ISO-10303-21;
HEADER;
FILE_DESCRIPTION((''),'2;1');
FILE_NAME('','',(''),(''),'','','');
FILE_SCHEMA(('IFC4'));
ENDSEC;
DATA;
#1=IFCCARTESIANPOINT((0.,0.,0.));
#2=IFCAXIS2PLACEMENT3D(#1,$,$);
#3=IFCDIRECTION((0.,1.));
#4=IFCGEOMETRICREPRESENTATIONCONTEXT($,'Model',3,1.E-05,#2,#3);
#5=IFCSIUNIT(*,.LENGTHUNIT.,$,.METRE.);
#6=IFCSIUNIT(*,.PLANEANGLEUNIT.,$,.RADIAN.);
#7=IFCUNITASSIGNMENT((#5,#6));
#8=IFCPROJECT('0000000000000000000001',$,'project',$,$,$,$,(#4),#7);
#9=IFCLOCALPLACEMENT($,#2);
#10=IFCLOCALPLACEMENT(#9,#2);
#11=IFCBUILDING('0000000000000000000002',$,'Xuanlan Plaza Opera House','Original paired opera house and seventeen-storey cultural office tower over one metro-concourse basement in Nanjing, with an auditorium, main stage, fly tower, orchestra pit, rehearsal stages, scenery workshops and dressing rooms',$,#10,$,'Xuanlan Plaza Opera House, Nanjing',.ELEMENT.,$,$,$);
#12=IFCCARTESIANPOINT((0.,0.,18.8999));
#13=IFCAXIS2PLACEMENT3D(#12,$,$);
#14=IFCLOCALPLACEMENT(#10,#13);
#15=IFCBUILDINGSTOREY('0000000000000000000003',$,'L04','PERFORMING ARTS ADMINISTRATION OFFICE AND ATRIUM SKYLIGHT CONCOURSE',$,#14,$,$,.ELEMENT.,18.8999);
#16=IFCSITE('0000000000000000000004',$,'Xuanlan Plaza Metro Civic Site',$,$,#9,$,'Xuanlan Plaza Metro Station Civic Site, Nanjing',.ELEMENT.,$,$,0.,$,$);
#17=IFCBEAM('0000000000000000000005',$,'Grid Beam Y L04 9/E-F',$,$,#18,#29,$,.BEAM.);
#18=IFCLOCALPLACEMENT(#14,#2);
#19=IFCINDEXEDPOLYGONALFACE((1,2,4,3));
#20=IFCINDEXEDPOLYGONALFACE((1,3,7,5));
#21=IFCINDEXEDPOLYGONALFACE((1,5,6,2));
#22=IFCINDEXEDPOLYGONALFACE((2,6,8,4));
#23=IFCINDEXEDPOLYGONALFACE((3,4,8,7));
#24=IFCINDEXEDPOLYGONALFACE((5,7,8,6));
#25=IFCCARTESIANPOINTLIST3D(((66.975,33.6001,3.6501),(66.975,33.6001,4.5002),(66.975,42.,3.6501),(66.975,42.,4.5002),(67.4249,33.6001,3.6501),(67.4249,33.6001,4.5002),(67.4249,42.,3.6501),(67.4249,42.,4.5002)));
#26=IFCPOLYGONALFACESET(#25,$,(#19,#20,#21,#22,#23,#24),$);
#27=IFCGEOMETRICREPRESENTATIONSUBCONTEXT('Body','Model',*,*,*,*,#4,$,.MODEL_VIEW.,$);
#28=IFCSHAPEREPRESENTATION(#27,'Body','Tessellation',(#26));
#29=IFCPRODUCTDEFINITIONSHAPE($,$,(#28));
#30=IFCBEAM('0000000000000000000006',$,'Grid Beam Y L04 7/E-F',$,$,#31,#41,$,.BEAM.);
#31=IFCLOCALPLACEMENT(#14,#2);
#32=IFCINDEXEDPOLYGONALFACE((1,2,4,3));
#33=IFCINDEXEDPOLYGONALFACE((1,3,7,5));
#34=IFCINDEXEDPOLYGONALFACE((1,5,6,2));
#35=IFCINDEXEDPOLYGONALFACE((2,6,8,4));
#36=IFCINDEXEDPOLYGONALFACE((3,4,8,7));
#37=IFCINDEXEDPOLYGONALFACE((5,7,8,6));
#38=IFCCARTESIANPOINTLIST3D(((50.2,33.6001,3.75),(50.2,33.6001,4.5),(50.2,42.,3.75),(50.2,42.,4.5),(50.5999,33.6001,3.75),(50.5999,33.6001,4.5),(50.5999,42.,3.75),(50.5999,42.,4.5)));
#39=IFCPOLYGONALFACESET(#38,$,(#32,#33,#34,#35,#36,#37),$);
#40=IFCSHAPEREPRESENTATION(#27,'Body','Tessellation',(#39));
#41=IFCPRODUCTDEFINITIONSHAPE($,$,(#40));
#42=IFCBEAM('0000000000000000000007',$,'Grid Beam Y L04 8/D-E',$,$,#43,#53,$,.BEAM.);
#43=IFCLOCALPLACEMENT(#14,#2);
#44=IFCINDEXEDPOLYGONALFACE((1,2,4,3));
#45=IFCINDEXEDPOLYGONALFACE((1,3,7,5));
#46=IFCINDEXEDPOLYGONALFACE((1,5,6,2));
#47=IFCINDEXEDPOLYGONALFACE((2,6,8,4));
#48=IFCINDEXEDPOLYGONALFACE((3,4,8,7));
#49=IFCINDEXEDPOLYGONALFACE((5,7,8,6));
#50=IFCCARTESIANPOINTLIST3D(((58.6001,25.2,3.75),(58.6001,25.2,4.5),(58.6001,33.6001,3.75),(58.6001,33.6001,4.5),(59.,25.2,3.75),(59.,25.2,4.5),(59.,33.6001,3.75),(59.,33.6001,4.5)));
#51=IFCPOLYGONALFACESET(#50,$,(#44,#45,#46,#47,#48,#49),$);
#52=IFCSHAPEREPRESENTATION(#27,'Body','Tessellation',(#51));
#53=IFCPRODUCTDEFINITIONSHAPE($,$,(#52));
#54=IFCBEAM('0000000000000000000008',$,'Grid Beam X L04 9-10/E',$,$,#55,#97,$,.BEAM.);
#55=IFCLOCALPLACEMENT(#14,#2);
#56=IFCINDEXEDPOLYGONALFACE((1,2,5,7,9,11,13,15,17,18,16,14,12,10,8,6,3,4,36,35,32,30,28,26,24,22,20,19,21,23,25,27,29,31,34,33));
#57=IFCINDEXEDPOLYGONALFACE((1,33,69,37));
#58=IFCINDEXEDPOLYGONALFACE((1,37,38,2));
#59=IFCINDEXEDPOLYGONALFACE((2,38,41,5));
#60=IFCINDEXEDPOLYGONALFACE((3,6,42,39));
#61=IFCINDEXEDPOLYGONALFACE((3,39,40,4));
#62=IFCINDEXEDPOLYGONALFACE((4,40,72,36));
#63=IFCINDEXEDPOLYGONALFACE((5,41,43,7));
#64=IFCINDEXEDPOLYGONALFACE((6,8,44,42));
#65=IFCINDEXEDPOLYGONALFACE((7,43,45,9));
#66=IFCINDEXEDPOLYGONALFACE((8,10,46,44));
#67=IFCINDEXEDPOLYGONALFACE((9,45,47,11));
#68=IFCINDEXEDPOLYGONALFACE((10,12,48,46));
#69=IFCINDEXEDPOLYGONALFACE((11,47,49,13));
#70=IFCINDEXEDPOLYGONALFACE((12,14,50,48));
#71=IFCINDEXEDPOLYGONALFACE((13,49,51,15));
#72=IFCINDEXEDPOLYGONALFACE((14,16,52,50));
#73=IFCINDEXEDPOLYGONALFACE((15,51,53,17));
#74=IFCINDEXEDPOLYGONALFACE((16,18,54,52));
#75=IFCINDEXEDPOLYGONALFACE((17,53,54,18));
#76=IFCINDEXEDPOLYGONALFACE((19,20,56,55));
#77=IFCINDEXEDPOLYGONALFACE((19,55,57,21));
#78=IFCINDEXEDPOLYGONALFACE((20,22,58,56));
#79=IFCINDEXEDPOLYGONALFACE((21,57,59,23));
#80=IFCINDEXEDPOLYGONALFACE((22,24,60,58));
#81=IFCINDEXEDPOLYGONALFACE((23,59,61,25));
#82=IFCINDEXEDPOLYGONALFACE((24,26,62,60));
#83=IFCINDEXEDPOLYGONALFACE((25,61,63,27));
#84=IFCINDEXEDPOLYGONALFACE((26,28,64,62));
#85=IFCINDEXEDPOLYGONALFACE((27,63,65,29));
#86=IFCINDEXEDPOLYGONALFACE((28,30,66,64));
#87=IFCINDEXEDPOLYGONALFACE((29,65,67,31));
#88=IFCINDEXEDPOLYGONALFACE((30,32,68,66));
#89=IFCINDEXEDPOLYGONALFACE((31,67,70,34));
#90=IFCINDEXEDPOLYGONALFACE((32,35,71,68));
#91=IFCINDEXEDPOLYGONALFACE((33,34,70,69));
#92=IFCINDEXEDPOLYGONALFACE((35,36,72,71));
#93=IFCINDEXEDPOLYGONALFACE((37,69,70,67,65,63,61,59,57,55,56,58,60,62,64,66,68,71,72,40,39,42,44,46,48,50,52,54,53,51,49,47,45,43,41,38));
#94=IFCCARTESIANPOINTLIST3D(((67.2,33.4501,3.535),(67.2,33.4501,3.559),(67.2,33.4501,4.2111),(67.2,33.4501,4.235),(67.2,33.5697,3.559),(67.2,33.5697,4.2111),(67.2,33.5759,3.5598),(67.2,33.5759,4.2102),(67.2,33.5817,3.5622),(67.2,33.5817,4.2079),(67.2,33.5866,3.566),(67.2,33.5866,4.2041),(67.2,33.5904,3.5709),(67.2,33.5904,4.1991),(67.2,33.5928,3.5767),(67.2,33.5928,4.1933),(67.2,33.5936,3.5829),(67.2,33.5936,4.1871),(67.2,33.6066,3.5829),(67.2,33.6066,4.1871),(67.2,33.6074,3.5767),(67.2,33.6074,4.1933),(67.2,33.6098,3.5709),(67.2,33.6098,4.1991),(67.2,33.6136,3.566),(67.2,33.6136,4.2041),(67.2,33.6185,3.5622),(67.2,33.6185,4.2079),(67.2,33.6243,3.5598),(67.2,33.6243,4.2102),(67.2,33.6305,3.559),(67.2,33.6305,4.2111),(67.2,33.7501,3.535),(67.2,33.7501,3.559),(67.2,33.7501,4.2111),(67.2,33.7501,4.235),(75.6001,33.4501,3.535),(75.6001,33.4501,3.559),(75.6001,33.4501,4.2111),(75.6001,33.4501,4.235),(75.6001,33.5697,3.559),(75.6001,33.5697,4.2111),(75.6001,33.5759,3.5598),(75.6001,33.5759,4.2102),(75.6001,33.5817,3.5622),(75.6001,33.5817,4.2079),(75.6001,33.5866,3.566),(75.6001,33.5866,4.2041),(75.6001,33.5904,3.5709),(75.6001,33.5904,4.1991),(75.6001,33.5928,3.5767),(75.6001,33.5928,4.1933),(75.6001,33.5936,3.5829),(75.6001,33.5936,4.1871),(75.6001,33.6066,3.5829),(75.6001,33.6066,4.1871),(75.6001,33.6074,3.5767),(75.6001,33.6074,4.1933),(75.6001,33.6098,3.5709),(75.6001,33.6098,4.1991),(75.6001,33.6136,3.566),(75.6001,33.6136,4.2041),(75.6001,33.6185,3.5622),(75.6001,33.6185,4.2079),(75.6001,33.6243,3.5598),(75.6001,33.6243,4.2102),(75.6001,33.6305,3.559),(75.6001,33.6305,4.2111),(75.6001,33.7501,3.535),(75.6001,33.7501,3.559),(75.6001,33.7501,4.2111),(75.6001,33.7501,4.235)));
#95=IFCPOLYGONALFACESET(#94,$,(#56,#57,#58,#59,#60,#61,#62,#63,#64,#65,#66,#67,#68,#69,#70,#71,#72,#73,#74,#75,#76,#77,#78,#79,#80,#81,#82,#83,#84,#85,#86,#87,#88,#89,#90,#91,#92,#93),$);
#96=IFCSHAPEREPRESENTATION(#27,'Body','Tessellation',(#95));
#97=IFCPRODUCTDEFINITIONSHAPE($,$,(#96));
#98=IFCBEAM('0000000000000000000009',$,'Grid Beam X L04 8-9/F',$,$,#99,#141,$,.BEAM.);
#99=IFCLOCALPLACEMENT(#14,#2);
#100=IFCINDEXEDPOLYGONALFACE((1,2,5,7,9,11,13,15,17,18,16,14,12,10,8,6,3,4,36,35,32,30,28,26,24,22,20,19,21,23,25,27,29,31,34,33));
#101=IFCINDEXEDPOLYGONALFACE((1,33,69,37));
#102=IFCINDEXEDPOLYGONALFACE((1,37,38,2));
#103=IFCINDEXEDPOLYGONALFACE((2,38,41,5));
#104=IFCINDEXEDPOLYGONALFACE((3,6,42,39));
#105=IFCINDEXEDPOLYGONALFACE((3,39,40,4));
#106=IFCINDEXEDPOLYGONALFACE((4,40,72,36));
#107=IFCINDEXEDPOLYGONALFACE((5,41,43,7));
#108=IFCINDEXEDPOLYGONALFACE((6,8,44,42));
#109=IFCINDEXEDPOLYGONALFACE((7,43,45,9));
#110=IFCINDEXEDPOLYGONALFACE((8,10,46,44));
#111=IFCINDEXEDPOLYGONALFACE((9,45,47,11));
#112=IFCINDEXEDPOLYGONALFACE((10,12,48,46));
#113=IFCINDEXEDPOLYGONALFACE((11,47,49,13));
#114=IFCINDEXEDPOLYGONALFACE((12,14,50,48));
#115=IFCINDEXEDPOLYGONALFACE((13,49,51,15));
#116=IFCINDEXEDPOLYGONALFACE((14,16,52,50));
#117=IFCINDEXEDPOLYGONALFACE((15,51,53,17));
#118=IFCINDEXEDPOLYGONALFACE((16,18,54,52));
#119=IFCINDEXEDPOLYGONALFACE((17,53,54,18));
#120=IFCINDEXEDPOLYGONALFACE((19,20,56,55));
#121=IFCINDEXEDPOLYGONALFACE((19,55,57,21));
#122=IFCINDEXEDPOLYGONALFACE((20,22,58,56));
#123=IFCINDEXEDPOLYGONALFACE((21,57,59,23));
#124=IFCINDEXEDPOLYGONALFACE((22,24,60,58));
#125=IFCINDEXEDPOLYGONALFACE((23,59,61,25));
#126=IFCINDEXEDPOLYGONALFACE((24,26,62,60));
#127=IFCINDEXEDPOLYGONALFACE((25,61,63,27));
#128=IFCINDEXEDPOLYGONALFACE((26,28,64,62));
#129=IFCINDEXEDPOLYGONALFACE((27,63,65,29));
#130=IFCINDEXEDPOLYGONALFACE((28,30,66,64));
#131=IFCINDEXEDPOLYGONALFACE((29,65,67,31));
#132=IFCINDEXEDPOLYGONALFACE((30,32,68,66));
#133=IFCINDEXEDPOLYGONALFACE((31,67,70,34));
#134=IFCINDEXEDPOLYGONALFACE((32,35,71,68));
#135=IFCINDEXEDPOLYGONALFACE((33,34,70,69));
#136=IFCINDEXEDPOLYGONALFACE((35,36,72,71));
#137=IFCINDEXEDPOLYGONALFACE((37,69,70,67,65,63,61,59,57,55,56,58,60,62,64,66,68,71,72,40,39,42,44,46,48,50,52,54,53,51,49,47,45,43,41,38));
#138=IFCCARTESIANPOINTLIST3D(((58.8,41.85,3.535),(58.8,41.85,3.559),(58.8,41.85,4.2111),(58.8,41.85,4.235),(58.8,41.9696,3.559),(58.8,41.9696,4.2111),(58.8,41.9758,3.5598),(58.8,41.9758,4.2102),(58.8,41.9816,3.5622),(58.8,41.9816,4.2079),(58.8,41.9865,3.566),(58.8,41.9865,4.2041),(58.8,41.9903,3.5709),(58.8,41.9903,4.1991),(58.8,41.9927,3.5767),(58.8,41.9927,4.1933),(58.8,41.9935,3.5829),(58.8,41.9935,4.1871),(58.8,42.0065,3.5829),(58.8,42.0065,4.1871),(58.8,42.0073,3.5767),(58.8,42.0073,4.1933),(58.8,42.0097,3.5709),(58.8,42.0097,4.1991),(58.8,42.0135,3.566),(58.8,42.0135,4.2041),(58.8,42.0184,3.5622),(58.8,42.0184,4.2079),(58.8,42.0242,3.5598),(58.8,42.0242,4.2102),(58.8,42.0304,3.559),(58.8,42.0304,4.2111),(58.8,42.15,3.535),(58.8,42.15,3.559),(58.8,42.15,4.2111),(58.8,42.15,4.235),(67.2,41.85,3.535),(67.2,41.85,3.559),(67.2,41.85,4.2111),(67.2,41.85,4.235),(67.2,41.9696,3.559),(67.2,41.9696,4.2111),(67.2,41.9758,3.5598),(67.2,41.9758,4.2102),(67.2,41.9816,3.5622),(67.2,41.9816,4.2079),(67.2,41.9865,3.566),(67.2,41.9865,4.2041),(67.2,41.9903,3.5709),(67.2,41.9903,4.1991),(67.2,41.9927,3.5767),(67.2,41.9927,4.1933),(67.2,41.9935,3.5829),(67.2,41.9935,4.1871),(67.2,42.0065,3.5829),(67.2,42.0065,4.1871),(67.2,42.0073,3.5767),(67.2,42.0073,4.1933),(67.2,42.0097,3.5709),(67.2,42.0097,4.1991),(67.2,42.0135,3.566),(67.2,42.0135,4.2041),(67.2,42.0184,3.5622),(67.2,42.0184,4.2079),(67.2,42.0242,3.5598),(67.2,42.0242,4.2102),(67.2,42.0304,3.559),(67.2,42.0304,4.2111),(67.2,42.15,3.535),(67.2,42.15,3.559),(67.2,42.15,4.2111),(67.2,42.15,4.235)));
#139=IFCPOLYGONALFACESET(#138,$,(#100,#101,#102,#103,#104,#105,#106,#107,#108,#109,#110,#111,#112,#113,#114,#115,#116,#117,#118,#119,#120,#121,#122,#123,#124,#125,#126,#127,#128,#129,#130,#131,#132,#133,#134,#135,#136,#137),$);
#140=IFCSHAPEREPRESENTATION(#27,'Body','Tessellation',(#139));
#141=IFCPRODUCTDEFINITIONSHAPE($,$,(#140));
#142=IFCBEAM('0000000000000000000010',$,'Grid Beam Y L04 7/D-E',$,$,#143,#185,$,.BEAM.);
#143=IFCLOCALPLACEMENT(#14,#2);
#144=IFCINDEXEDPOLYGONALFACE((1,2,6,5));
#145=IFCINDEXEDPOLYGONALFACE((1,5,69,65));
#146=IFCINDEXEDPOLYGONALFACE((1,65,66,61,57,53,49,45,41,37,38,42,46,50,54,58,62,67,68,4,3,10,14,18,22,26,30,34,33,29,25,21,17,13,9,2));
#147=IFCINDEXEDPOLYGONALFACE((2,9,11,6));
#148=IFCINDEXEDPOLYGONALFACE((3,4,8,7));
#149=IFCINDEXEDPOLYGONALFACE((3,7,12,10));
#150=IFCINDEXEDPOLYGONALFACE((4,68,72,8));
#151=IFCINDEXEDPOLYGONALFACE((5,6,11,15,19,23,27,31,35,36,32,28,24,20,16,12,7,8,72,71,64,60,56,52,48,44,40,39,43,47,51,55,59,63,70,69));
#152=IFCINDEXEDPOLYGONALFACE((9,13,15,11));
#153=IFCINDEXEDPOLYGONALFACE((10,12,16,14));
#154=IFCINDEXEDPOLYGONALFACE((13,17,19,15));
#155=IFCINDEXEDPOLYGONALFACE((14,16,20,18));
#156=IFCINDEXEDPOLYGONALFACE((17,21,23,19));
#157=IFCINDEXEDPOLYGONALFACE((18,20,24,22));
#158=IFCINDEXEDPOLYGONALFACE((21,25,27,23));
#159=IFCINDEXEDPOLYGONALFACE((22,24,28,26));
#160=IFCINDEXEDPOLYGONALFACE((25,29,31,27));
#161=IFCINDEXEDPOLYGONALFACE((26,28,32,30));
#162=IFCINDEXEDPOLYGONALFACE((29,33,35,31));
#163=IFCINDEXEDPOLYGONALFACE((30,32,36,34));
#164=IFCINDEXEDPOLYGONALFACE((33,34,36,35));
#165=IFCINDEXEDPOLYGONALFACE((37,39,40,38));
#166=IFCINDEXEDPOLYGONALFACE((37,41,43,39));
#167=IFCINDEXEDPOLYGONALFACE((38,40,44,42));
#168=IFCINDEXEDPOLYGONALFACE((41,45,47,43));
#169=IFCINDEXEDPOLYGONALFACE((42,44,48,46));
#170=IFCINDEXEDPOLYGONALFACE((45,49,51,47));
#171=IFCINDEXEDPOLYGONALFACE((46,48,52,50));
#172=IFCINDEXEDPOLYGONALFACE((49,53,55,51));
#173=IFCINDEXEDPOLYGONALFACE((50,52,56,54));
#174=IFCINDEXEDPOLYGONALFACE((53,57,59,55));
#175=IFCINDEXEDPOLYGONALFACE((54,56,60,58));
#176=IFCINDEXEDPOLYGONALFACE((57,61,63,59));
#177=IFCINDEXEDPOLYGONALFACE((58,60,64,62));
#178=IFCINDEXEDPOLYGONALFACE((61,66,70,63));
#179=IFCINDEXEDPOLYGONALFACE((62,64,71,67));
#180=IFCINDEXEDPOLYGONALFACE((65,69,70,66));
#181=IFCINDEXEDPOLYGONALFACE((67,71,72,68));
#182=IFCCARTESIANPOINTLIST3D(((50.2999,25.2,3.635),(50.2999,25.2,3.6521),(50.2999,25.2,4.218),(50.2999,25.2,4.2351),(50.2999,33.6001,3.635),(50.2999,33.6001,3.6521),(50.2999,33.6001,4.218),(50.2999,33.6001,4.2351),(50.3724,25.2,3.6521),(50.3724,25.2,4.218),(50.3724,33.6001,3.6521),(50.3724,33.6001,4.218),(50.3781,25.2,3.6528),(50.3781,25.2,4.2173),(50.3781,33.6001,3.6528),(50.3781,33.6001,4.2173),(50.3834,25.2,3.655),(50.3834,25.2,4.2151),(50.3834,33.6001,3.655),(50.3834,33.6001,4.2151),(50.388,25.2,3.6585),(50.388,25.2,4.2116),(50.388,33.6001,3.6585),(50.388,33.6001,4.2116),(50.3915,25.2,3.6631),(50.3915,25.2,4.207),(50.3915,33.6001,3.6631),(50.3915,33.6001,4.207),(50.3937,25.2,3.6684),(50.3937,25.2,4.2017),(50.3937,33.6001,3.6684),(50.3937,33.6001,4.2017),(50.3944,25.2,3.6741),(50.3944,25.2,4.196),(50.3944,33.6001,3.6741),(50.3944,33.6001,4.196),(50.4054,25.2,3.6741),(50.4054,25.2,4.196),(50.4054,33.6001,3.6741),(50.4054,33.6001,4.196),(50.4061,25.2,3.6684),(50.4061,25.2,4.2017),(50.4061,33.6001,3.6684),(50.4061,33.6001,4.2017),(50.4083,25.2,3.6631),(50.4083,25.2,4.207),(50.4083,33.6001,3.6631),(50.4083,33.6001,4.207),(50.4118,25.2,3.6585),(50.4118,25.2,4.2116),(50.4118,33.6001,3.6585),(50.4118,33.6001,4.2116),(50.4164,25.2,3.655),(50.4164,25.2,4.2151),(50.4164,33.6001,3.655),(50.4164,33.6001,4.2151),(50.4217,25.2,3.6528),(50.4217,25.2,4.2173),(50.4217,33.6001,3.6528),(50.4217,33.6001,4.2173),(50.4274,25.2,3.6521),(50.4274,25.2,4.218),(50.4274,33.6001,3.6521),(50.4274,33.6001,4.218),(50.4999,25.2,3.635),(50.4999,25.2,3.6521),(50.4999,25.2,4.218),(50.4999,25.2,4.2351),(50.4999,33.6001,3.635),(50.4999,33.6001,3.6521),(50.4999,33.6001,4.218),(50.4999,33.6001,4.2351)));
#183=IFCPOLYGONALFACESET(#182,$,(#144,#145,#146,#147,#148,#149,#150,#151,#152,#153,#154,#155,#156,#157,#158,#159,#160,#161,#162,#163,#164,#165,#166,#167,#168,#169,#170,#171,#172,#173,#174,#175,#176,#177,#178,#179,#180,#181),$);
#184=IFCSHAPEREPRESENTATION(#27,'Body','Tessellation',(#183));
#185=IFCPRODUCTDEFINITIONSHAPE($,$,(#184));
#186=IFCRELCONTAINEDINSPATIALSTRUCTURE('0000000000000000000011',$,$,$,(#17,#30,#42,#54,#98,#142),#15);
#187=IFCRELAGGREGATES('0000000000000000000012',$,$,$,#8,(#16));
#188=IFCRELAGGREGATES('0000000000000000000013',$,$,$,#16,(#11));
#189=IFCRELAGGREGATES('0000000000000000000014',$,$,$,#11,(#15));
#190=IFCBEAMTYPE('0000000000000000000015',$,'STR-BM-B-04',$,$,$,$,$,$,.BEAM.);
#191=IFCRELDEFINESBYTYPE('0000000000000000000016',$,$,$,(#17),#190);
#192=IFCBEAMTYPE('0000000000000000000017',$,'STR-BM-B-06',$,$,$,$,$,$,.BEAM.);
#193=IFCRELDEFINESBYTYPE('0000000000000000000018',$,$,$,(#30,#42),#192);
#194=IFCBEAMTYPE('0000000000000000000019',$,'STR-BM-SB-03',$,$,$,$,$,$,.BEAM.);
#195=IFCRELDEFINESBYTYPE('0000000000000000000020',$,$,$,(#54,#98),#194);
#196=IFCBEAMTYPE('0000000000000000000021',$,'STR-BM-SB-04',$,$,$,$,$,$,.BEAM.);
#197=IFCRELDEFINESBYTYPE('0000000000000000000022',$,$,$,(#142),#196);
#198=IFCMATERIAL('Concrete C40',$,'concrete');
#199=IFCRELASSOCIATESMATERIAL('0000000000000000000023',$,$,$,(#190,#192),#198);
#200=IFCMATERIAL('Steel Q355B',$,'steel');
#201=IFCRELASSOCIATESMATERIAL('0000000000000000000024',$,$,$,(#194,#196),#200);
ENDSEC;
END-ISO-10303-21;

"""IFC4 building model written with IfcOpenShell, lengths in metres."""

from ifc_helpers import new_model, si_unit, direction, frame, origin, origin_2d, place, context, subcontext, project, spatial, rectangle, i_section, extrude, material, material_profile, profile_set, type_object, element, save


model = new_model("IFC4")

# Units and contexts
model_context = context("Model", 3, precision=1e-05, world=origin(), true_north=direction((0.0, 1.0)))
body_context = subcontext(model_context, "Body", "Model", "MODEL_VIEW")
ifc_project = project(units=[si_unit("LENGTHUNIT", "METRE"), si_unit("PLANEANGLEUNIT", "RADIAN")], contexts=[model_context])

# Site, building, storey
site_placement = place(None, origin())
site = spatial("IfcSite", under=ifc_project, at=site_placement, Name="Xuanlan Plaza Metro Civic Site", LongName="Xuanlan Plaza Metro Station Civic Site, Nanjing", CompositionType="ELEMENT", RefElevation=0.0)
building_placement = place(site_placement, origin())
building = spatial("IfcBuilding", under=site, at=building_placement, Name="Xuanlan Plaza Opera House", Description="Original paired opera house and seventeen-storey cultural office tower over one metro-concourse basement in Nanjing, with an auditorium, main stage, fly tower, orchestra pit, rehearsal stages, scenery workshops and dressing rooms", LongName="Xuanlan Plaza Opera House, Nanjing", CompositionType="ELEMENT")
storey_placement = place(building_placement, frame((0.0, 0.0, 18.8999)))
storey = spatial("IfcBuildingStorey", under=building, at=storey_placement, Name="L04", Description="PERFORMING ARTS ADMINISTRATION OFFICE AND ATRIUM SKYLIGHT CONCOURSE", CompositionType="ELEMENT", Elevation=18.8999)

# Shared definitions
ifc_material_1 = material(Name="Concrete C40", Category="concrete")

# Beams
ifc_material_profile_1 = material_profile(ifc_material_1, rectangle(XDim=0.45, YDim=0.8501, at=origin_2d()), Name="RC-BM 450x850")
ifc_profile_set_1 = profile_set([ifc_material_profile_1], Name="Concrete C40")
beam_type_1 = type_object("IfcBeamType", Name="STR-BM-B-04", PredefinedType="BEAM", material=ifc_profile_set_1)
beam_1_placement = place(storey_placement, frame((67.2, 33.6001, 4.0752), z_axis=(0.0, 1.0, 0.0), x_axis=(-1.0, 0.0, 0.0)))
element("IfcBeam", 1, at=beam_1_placement, inside=storey, type_object=beam_type_1, Name="Grid Beam Y L04 9/E-F", PredefinedType="BEAM", context=body_context, shape_type="SweptSolid", body=[
    extrude(rectangle(XDim=0.45, YDim=0.8501, at=origin_2d()), origin(), (0.0, 0.0, 1.0), 8.3999),
])
ifc_material_profile_2 = material_profile(ifc_material_1, rectangle(XDim=0.3999, YDim=0.75, at=origin_2d()), Name="RC-BM 400x750")
ifc_profile_set_2 = profile_set([ifc_material_profile_2], Name="Concrete C40")
beam_type_2 = type_object("IfcBeamType", Name="STR-BM-B-06", PredefinedType="BEAM", material=ifc_profile_set_2)
beam_2_placement = place(storey_placement, frame((50.3999, 33.6001, 4.125), z_axis=(0.0, 1.0, 0.0), x_axis=(-1.0, 0.0, 0.0)))
element("IfcBeam", 2, at=beam_2_placement, inside=storey, type_object=beam_type_2, Name="Grid Beam Y L04 7/E-F", PredefinedType="BEAM", context=body_context, shape_type="SweptSolid", body=[
    extrude(rectangle(XDim=0.3999, YDim=0.75, at=origin_2d()), origin(), (0.0, 0.0, 1.0), 8.3999),
])
beam_3_placement = place(storey_placement, frame((58.8, 25.2, 4.125), z_axis=(0.0, 1.0, 0.0), x_axis=(-1.0, 0.0, 0.0)))
element("IfcBeam", 3, at=beam_3_placement, inside=storey, type_object=beam_type_2, Name="Grid Beam Y L04 8/D-E", PredefinedType="BEAM", context=body_context, shape_type="SweptSolid", body=[
    extrude(rectangle(XDim=0.3999, YDim=0.75, at=origin_2d()), origin(), (0.0, 0.0, 1.0), 8.4001),
])
ifc_material_2 = material(Name="Steel Q355B", Category="steel")
ifc_material_profile_3 = material_profile(ifc_material_2, i_section(OverallWidth=0.3, OverallDepth=0.7, WebThickness=0.0129, FlangeThickness=0.0239, FilletRadius=0.0239, at=origin_2d()), Name="HN 700x300x13x24")
ifc_profile_set_3 = profile_set([ifc_material_profile_3], Name="Steel Q355B")
beam_type_3 = type_object("IfcBeamType", Name="STR-BM-SB-03", PredefinedType="BEAM", material=ifc_profile_set_3)
beam_4_placement = place(storey_placement, frame((67.2, 33.6001, 3.885), z_axis=(1.0, 0.0, 0.0), x_axis=(0.0, 1.0, 0.0)))
element("IfcBeam", 4, at=beam_4_placement, inside=storey, type_object=beam_type_3, Name="Grid Beam X L04 9-10/E", PredefinedType="BEAM", context=body_context, shape_type="SweptSolid", body=[
    extrude(i_section(OverallWidth=0.3, OverallDepth=0.7, WebThickness=0.0129, FlangeThickness=0.0239, FilletRadius=0.0239, at=origin_2d()), origin(), (0.0, 0.0, 1.0), 8.4001),
])
beam_5_placement = place(storey_placement, frame((58.8, 42.0, 3.885), z_axis=(1.0, 0.0, 0.0), x_axis=(0.0, 1.0, 0.0)))
element("IfcBeam", 5, at=beam_5_placement, inside=storey, type_object=beam_type_3, Name="Grid Beam X L04 8-9/F", PredefinedType="BEAM", context=body_context, shape_type="SweptSolid", body=[
    extrude(i_section(OverallWidth=0.3, OverallDepth=0.7, WebThickness=0.0129, FlangeThickness=0.0239, FilletRadius=0.0239, at=origin_2d()), origin(), (0.0, 0.0, 1.0), 8.3999),
])
ifc_material_profile_4 = material_profile(ifc_material_2, i_section(OverallWidth=0.2, OverallDepth=0.6001, WebThickness=0.011, FlangeThickness=0.0171, FilletRadius=0.022, at=origin_2d()), Name="HN 600x200x11x17")
ifc_profile_set_4 = profile_set([ifc_material_profile_4], Name="Steel Q355B")
beam_type_4 = type_object("IfcBeamType", Name="STR-BM-SB-04", PredefinedType="BEAM", material=ifc_profile_set_4)
beam_6_placement = place(storey_placement, frame((50.3999, 25.2, 3.9351), z_axis=(0.0, 1.0, 0.0), x_axis=(-1.0, 0.0, 0.0)))
element("IfcBeam", 6, at=beam_6_placement, inside=storey, type_object=beam_type_4, Name="Grid Beam Y L04 7/D-E", PredefinedType="BEAM", context=body_context, shape_type="SweptSolid", body=[
    extrude(i_section(OverallWidth=0.2, OverallDepth=0.6001, WebThickness=0.011, FlangeThickness=0.0171, FilletRadius=0.022, at=origin_2d()), origin(), (0.0, 0.0, 1.0), 8.4001),
])

save(model, "model.ifc")
